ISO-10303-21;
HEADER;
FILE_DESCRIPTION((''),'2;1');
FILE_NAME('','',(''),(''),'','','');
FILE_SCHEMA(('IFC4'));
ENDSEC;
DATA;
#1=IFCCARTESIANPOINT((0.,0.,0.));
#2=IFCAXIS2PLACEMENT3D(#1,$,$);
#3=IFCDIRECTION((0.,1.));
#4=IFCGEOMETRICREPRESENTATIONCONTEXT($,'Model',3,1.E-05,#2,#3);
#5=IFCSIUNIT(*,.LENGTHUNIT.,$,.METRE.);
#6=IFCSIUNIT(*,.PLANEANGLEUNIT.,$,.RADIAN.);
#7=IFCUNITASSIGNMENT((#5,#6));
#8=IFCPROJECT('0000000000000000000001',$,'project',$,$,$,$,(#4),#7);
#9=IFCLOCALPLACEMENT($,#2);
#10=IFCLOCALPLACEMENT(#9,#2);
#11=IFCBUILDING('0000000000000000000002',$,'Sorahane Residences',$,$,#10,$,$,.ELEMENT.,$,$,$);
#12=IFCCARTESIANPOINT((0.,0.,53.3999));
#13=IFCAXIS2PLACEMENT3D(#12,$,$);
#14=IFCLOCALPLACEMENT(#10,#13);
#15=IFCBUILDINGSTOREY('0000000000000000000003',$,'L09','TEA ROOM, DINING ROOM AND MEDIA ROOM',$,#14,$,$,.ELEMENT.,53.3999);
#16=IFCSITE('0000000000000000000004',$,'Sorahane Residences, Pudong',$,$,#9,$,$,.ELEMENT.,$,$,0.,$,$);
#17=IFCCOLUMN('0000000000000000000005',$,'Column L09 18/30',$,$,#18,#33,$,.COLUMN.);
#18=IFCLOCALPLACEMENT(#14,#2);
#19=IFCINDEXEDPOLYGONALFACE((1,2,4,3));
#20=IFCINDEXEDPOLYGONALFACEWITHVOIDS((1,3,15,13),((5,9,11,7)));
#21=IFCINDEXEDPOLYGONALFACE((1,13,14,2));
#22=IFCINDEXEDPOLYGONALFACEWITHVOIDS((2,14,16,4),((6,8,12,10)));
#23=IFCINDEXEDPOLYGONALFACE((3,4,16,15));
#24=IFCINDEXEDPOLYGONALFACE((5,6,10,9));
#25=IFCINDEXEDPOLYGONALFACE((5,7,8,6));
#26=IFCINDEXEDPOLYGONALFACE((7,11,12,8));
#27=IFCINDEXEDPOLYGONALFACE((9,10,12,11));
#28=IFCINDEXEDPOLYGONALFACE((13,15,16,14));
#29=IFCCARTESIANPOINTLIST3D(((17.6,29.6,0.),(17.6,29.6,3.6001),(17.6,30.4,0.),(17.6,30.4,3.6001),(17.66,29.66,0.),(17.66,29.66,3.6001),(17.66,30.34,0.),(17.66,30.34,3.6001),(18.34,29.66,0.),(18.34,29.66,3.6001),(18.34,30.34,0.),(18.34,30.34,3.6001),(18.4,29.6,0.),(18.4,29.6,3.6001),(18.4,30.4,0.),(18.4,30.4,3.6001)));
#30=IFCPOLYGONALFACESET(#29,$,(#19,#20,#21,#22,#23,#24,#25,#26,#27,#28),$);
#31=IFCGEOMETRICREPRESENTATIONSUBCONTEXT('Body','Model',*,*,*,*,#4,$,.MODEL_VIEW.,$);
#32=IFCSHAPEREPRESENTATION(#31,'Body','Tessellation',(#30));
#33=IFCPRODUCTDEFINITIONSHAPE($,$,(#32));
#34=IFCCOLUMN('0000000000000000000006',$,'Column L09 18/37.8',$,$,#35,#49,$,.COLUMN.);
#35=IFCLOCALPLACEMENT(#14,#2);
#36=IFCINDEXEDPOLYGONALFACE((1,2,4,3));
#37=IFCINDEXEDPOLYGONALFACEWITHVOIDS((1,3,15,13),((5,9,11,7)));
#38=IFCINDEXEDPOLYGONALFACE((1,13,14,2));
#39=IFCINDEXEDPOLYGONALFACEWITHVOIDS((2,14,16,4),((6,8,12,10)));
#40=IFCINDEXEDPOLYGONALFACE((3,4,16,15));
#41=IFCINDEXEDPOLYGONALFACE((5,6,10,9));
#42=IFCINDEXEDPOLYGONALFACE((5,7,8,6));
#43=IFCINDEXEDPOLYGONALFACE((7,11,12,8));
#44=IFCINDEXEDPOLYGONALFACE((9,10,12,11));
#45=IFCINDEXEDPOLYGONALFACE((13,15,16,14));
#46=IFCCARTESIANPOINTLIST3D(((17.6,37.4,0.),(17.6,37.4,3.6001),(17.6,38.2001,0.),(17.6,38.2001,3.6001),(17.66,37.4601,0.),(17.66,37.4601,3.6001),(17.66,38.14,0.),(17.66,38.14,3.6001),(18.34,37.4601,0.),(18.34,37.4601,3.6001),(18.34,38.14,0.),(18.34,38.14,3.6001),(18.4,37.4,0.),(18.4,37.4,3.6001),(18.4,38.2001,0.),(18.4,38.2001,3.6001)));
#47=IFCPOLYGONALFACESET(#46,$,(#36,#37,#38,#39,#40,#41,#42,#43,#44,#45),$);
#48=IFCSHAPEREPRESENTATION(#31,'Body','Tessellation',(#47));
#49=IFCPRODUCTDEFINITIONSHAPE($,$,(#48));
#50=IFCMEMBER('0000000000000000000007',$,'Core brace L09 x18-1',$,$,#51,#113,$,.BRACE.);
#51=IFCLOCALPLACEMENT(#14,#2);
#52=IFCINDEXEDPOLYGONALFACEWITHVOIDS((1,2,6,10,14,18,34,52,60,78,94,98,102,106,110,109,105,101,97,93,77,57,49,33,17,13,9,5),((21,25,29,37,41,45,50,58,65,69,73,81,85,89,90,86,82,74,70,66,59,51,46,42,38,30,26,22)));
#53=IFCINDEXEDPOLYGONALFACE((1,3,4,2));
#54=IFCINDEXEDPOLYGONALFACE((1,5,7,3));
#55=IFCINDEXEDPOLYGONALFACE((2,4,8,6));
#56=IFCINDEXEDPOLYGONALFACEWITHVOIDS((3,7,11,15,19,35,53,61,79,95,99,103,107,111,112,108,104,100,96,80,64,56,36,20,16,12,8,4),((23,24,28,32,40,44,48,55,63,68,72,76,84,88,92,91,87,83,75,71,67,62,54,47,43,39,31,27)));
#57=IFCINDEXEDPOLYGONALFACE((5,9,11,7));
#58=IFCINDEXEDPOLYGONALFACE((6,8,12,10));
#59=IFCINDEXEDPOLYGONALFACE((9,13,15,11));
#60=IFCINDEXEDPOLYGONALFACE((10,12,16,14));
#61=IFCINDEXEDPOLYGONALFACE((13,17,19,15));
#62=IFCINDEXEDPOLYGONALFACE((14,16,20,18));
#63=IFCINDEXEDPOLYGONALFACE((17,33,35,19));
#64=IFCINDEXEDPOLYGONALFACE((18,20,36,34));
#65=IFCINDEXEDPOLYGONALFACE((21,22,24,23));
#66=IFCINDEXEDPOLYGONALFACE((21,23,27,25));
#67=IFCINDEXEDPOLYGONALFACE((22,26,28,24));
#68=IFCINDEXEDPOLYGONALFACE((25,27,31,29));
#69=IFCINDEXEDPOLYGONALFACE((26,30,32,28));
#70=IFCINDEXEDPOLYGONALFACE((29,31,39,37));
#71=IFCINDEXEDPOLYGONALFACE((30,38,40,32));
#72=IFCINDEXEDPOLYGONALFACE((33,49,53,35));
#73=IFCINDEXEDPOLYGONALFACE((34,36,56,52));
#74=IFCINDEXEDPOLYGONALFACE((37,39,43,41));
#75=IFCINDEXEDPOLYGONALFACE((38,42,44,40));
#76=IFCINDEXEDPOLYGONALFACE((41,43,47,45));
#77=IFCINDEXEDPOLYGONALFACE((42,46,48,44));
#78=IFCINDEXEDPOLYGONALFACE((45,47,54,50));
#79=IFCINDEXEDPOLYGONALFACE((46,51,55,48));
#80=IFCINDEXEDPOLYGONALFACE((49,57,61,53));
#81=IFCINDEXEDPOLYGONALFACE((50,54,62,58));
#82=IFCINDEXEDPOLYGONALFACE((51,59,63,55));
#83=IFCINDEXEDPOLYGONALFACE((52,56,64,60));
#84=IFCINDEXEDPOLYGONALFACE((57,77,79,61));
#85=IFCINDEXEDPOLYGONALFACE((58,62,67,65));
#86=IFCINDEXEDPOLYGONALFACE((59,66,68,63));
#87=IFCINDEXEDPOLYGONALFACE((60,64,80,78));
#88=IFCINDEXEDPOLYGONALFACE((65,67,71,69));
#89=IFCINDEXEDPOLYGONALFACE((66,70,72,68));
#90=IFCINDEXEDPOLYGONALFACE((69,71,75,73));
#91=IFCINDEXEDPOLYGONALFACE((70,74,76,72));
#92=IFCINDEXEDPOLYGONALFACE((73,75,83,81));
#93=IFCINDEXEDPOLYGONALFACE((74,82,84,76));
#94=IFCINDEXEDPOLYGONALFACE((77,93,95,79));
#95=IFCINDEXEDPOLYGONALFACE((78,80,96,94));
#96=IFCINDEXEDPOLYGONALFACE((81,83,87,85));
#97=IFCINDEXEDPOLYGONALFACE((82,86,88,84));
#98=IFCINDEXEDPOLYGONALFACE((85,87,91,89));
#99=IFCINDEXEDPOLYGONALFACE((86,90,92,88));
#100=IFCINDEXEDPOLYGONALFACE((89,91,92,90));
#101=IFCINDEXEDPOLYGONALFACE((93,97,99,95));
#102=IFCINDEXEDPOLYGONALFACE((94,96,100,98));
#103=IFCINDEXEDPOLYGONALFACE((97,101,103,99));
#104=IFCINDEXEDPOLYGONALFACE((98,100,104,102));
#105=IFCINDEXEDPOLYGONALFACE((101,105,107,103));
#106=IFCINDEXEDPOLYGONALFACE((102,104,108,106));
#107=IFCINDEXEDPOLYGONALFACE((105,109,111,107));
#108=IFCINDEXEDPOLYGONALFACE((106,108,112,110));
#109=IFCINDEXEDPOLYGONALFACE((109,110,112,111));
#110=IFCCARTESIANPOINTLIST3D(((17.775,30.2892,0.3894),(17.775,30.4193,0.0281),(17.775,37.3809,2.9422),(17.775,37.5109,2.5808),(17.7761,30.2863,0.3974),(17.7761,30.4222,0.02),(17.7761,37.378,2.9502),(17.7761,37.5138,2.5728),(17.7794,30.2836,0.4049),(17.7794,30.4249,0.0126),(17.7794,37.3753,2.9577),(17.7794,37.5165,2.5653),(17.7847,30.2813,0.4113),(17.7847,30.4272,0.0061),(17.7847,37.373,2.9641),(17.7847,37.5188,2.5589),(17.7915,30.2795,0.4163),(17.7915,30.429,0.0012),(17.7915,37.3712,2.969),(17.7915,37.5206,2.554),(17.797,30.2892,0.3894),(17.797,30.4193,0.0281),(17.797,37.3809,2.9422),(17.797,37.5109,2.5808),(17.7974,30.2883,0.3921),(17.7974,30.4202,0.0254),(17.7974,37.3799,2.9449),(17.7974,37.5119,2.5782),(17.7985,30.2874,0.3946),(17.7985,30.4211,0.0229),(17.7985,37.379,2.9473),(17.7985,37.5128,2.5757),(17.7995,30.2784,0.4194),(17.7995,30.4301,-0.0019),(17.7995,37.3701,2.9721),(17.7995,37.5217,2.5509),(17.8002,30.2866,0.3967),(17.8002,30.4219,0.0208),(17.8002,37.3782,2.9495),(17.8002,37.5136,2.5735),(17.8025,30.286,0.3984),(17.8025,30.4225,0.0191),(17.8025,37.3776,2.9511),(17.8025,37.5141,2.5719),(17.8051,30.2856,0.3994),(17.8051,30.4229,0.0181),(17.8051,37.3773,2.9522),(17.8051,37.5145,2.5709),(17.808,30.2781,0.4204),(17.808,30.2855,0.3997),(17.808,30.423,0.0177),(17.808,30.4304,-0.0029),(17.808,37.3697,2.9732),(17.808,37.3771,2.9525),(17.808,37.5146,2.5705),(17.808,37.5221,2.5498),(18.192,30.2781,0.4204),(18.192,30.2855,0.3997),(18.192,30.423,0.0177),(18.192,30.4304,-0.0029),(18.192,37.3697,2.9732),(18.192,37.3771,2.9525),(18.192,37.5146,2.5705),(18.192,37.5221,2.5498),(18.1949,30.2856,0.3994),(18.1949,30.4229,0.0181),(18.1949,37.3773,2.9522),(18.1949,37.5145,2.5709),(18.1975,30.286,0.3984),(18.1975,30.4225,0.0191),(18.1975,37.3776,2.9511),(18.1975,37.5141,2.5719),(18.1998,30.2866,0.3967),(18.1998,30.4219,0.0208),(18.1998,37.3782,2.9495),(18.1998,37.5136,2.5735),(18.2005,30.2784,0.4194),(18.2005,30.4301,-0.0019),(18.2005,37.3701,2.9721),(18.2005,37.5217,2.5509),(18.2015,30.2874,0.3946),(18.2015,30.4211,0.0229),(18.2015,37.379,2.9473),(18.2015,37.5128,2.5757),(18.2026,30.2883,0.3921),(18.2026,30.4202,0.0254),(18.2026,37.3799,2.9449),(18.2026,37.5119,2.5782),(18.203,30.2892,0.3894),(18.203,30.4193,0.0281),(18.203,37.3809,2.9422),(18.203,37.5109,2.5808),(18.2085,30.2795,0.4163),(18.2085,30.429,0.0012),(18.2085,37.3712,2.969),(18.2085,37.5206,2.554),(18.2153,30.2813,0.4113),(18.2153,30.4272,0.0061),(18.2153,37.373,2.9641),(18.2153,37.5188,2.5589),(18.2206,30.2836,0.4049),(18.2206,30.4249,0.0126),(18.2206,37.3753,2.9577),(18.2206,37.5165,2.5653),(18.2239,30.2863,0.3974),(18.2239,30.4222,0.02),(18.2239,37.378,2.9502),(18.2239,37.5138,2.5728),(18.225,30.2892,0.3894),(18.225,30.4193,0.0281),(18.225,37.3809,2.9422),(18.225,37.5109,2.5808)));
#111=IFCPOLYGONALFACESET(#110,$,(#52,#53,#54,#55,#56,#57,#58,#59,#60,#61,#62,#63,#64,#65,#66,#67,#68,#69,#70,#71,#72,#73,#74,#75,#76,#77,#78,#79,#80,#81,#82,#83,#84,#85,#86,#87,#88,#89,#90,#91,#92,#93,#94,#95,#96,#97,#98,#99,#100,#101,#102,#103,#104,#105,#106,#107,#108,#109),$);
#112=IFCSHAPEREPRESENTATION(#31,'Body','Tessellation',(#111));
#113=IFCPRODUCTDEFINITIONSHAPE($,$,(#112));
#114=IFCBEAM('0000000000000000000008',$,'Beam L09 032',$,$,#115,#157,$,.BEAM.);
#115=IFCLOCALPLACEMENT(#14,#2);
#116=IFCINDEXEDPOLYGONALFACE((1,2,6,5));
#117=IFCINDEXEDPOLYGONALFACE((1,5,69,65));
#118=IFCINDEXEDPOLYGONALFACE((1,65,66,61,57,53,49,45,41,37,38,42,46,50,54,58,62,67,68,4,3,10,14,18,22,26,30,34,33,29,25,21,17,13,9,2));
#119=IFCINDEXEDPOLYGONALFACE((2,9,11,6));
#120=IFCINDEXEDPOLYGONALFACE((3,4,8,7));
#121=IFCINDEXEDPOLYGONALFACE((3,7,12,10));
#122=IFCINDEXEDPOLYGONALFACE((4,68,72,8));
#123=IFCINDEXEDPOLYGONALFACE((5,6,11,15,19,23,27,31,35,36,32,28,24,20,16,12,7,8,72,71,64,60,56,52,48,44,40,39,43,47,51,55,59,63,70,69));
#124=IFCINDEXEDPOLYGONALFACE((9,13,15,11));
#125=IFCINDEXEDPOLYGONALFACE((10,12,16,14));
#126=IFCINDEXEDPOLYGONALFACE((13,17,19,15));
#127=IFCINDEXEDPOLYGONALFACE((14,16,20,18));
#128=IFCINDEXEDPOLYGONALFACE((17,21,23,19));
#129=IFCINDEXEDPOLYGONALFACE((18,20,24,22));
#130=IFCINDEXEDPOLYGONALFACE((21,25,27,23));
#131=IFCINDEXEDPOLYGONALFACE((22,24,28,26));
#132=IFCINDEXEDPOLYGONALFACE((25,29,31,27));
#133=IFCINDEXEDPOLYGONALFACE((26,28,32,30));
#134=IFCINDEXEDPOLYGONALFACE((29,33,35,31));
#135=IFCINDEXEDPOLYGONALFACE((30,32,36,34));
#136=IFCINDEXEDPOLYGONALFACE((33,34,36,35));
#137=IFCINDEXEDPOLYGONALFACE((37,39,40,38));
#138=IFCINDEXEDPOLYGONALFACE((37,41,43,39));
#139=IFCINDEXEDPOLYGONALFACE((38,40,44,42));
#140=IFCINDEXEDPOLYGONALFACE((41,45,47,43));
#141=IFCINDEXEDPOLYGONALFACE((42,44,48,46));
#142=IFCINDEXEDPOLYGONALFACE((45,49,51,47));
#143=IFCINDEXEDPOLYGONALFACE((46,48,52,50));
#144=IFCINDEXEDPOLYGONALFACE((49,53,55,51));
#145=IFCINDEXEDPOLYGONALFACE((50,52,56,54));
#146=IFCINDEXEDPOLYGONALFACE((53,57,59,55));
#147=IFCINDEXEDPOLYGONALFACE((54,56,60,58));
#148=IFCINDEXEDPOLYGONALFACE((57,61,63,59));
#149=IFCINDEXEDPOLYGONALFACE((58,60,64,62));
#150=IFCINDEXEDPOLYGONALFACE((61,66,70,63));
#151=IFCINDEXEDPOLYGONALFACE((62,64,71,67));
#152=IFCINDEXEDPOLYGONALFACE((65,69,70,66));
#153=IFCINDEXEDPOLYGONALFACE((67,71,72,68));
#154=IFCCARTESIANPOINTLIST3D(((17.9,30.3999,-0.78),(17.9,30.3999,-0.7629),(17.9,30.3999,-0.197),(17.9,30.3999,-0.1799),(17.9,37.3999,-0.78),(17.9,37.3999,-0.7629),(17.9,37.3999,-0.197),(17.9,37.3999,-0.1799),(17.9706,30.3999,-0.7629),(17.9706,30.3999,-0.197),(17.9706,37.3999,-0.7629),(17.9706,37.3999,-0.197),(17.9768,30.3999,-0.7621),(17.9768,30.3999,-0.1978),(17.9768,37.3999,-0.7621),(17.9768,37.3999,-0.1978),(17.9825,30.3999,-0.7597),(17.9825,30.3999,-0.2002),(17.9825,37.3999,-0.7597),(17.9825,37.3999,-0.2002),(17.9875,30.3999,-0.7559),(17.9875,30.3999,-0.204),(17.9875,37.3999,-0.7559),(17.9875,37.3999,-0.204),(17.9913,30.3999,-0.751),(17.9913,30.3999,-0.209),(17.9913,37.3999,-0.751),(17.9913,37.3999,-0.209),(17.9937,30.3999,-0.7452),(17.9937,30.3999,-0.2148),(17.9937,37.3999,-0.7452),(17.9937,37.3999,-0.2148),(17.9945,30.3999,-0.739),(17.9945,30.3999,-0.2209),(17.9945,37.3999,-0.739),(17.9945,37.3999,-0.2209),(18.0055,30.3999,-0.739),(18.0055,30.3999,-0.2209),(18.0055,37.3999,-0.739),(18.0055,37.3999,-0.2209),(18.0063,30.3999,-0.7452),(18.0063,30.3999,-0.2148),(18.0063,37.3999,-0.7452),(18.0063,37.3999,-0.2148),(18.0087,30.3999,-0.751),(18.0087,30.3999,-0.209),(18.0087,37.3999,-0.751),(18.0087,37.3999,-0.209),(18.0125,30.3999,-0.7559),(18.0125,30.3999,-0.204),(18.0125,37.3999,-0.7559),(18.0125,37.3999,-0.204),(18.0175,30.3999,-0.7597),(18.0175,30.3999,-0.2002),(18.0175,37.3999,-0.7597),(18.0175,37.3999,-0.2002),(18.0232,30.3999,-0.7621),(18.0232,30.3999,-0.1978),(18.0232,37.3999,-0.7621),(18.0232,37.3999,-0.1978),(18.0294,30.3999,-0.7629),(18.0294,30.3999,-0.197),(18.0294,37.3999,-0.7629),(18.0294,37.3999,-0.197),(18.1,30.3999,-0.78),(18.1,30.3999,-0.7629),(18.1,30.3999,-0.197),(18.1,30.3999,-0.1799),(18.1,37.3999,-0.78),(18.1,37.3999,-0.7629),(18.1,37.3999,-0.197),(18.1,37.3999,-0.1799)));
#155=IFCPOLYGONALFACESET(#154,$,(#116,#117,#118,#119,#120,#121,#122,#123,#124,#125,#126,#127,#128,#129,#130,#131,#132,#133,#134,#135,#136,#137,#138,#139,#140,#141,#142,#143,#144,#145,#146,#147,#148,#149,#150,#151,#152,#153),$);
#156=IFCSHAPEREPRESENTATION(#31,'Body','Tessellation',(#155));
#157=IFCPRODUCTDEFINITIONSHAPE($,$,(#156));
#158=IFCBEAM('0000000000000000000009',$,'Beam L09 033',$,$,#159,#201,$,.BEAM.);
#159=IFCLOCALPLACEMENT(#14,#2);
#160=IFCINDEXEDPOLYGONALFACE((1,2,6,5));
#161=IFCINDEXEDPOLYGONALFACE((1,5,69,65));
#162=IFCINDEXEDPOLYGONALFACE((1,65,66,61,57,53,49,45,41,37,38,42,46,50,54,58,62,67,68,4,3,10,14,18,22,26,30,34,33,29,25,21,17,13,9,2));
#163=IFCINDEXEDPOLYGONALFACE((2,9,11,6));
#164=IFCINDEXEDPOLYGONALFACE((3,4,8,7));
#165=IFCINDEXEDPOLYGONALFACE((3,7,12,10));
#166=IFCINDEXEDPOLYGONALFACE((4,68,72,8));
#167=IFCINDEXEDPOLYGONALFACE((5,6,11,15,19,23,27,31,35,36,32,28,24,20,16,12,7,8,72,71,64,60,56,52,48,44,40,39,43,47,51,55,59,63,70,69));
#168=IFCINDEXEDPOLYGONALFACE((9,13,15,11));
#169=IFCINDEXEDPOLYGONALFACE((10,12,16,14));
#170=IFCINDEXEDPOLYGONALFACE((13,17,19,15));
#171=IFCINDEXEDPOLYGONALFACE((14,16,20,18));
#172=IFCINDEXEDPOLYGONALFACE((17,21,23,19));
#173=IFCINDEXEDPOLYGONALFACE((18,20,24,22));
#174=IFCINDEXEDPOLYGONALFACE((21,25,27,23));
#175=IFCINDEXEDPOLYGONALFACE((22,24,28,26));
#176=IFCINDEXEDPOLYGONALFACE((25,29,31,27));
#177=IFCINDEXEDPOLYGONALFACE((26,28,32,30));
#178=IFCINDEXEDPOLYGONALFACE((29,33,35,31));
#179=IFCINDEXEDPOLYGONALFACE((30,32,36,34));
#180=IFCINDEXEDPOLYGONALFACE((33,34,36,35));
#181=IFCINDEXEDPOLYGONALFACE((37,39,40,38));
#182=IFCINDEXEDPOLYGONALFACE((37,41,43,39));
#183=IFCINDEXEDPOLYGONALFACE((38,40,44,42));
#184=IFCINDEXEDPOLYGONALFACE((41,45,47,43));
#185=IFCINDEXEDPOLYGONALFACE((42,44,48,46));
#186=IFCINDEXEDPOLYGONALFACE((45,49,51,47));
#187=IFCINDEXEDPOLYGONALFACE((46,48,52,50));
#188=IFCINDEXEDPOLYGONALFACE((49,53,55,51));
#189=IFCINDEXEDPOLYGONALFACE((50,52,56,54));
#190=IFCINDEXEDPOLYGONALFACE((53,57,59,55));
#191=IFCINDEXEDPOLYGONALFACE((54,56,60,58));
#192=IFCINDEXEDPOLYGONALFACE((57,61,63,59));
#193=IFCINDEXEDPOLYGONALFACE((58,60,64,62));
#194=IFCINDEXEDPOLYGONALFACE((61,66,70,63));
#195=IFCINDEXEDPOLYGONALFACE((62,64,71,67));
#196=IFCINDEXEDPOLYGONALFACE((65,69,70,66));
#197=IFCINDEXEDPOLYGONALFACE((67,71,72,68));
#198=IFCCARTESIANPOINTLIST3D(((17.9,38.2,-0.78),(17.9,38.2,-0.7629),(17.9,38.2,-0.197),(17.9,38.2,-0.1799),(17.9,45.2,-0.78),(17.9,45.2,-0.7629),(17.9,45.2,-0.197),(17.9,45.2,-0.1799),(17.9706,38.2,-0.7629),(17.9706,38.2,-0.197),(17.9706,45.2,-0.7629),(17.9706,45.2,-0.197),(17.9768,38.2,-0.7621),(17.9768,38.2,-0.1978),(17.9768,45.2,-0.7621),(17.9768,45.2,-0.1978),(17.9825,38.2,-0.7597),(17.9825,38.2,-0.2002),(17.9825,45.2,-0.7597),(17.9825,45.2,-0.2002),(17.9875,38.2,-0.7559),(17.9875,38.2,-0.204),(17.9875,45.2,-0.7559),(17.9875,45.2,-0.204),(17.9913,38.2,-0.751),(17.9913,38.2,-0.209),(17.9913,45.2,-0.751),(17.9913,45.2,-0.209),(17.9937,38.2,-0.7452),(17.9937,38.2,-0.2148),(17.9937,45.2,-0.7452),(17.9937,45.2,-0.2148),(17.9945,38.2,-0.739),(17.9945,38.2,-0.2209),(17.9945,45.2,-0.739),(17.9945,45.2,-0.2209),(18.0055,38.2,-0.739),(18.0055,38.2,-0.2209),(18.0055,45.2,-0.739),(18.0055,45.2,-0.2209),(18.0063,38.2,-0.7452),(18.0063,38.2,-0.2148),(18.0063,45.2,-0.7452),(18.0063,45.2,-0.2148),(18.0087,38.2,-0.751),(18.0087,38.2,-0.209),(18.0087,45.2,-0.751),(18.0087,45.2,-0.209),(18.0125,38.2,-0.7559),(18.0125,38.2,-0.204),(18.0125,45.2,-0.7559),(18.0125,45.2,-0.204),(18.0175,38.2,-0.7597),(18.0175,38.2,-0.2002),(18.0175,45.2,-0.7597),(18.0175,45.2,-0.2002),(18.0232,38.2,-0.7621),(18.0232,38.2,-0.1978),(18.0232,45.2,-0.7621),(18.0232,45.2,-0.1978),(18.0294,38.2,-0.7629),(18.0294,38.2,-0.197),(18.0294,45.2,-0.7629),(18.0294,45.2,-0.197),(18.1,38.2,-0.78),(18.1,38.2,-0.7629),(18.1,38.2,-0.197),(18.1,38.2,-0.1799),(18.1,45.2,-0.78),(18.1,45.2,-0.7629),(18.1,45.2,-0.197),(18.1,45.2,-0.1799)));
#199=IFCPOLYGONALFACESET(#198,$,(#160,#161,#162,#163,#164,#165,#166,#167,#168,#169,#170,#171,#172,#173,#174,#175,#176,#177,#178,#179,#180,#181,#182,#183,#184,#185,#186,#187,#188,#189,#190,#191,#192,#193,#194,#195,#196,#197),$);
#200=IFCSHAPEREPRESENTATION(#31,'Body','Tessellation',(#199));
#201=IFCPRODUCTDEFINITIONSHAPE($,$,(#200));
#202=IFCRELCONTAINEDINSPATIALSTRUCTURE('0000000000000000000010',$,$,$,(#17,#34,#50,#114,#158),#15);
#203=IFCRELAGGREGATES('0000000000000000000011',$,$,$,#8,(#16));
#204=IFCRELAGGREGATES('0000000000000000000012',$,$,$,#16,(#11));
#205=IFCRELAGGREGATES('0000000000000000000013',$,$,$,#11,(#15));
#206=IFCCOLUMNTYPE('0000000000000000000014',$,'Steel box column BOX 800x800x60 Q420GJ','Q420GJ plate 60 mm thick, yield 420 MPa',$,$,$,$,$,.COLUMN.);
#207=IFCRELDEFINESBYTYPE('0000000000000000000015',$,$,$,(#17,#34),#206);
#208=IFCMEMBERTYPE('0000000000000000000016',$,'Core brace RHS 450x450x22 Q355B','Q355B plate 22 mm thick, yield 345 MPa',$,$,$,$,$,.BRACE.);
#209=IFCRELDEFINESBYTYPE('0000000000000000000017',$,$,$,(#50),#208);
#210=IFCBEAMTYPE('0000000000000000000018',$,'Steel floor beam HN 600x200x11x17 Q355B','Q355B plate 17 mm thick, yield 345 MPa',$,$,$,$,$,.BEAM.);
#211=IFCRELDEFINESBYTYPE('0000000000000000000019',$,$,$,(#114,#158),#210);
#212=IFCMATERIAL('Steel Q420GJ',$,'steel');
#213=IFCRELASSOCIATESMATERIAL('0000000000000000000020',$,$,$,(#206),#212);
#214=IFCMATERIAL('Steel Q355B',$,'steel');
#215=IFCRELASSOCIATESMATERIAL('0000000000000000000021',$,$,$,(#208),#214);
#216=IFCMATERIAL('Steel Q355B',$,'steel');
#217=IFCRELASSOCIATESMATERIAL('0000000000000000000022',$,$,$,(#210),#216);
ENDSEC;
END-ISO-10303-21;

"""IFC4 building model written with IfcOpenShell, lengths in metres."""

from ifc_helpers import new_model, si_unit, direction, frame, origin, origin_2d, place, context, subcontext, project, spatial, hollow_rectangle, i_section, extrude, material, material_profile, profile_set, type_object, element, save


model = new_model("IFC4")

# Units and contexts
model_context = context("Model", 3, precision=1e-05, world=origin(), true_north=direction((0.0, 1.0)))
body_context = subcontext(model_context, "Body", "Model", "MODEL_VIEW")
ifc_project = project(units=[si_unit("LENGTHUNIT", "METRE"), si_unit("PLANEANGLEUNIT", "RADIAN")], contexts=[model_context])

# Site, building, storey
site_placement = place(None, origin())
site = spatial("IfcSite", under=ifc_project, at=site_placement, Name="Sorahane Residences, Pudong", CompositionType="ELEMENT", RefElevation=0.0)
building_placement = place(site_placement, origin())
building = spatial("IfcBuilding", under=site, at=building_placement, Name="Sorahane Residences", CompositionType="ELEMENT")
storey_placement = place(building_placement, frame((0.0, 0.0, 53.3999)))
storey = spatial("IfcBuildingStorey", under=building, at=storey_placement, Name="L09", Description="TEA ROOM, DINING ROOM AND MEDIA ROOM", CompositionType="ELEMENT", Elevation=53.3999)

# Columns
ifc_material_1 = material(Name="Steel Q420GJ", Category="steel")
ifc_material_profile_1 = material_profile(ifc_material_1, hollow_rectangle(XDim=0.8, YDim=0.8, WallThickness=0.0601, at=origin_2d()), Name="BOX 800x800x60")
ifc_profile_set_1 = profile_set([ifc_material_profile_1], Name="Steel Q420GJ")
column_type = type_object("IfcColumnType", Name="Steel box column BOX 800x800x60 Q420GJ", Description="Q420GJ plate 60 mm thick, yield 420 MPa", PredefinedType="COLUMN", material=ifc_profile_set_1)
for number, where, z_axis, x_axis, name in (
    (1, (18.0, 30.0, 0.0), (0.0, 0.0, 1.0), (1.0, 0.0, 0.0), "Column L09 18/30"),
    (2, (18.0, 37.8, 0.0), (0.0, 0.0, 1.0), (1.0, 0.0, 0.0), "Column L09 18/37.8"),
):
    element("IfcColumn", number, at=place(storey_placement, frame(where, z_axis=z_axis, x_axis=x_axis)), inside=storey, type_object=column_type, Name=name, PredefinedType="COLUMN", context=body_context, shape_type="SweptSolid", body=[
        extrude(hollow_rectangle(XDim=0.8, YDim=0.8, WallThickness=0.0601, at=origin_2d()), origin(), (0.0, 0.0, 1.0), 3.6001),
    ])

# Member
ifc_material_2 = material(Name="Steel Q355B", Category="steel")
ifc_material_profile_2 = material_profile(ifc_material_2, hollow_rectangle(XDim=0.45, YDim=0.45, WallThickness=0.022, InnerFilletRadius=0.011, OuterFilletRadius=0.033, at=origin_2d()), Name="RHS 450x450x22")
ifc_profile_set_2 = profile_set([ifc_material_profile_2], Name="Steel Q355B")
member_type = type_object("IfcMemberType", Name="Core brace RHS 450x450x22 Q355B", Description="Q355B plate 22 mm thick, yield 345 MPa", PredefinedType="BRACE", material=ifc_profile_set_2)
member_placement = place(storey_placement, frame((18.0, 30.3542, 0.2087), z_axis=(0.0, 0.940897, 0.338693), x_axis=(-1.0, 0.0, 0.0)))
element("IfcMember", 3, at=member_placement, inside=storey, type_object=member_type, Name="Core brace L09 x18-1", PredefinedType="BRACE", context=body_context, shape_type="SweptSolid", body=[
    extrude(hollow_rectangle(XDim=0.45, YDim=0.45, WallThickness=0.022, InnerFilletRadius=0.011, OuterFilletRadius=0.033, at=origin_2d()), origin(), (0.0, 0.0, 1.0), 7.5371),
])

# Beams
ifc_material_3 = material(Name="Steel Q355B", Category="steel")
ifc_material_profile_3 = material_profile(ifc_material_3, i_section(OverallWidth=0.2, OverallDepth=0.6001, WebThickness=0.011, FlangeThickness=0.0171, FilletRadius=0.0239, at=origin_2d()), Name="HN 600x200x11x17")
ifc_profile_set_3 = profile_set([ifc_material_profile_3], Name="Steel Q355B")
beam_type = type_object("IfcBeamType", Name="Steel floor beam HN 600x200x11x17 Q355B", Description="Q355B plate 17 mm thick, yield 345 MPa", PredefinedType="BEAM", material=ifc_profile_set_3)
for number, where, z_axis, x_axis, name in (
    (4, (18.0, 30.3999, -0.48), (0.0, 1.0, 0.0), (-1.0, 0.0, 0.0), "Beam L09 032"),
    (5, (18.0, 38.2, -0.48), (0.0, 1.0, 0.0), (-1.0, 0.0, 0.0), "Beam L09 033"),
):
    element("IfcBeam", number, at=place(storey_placement, frame(where, z_axis=z_axis, x_axis=x_axis)), inside=storey, type_object=beam_type, Name=name, PredefinedType="BEAM", context=body_context, shape_type="SweptSolid", body=[
        extrude(i_section(OverallWidth=0.2, OverallDepth=0.6001, WebThickness=0.011, FlangeThickness=0.0171, FilletRadius=0.0239, at=origin_2d()), origin(), (0.0, 0.0, 1.0), 7.0),
    ])

save(model, "model.ifc")
